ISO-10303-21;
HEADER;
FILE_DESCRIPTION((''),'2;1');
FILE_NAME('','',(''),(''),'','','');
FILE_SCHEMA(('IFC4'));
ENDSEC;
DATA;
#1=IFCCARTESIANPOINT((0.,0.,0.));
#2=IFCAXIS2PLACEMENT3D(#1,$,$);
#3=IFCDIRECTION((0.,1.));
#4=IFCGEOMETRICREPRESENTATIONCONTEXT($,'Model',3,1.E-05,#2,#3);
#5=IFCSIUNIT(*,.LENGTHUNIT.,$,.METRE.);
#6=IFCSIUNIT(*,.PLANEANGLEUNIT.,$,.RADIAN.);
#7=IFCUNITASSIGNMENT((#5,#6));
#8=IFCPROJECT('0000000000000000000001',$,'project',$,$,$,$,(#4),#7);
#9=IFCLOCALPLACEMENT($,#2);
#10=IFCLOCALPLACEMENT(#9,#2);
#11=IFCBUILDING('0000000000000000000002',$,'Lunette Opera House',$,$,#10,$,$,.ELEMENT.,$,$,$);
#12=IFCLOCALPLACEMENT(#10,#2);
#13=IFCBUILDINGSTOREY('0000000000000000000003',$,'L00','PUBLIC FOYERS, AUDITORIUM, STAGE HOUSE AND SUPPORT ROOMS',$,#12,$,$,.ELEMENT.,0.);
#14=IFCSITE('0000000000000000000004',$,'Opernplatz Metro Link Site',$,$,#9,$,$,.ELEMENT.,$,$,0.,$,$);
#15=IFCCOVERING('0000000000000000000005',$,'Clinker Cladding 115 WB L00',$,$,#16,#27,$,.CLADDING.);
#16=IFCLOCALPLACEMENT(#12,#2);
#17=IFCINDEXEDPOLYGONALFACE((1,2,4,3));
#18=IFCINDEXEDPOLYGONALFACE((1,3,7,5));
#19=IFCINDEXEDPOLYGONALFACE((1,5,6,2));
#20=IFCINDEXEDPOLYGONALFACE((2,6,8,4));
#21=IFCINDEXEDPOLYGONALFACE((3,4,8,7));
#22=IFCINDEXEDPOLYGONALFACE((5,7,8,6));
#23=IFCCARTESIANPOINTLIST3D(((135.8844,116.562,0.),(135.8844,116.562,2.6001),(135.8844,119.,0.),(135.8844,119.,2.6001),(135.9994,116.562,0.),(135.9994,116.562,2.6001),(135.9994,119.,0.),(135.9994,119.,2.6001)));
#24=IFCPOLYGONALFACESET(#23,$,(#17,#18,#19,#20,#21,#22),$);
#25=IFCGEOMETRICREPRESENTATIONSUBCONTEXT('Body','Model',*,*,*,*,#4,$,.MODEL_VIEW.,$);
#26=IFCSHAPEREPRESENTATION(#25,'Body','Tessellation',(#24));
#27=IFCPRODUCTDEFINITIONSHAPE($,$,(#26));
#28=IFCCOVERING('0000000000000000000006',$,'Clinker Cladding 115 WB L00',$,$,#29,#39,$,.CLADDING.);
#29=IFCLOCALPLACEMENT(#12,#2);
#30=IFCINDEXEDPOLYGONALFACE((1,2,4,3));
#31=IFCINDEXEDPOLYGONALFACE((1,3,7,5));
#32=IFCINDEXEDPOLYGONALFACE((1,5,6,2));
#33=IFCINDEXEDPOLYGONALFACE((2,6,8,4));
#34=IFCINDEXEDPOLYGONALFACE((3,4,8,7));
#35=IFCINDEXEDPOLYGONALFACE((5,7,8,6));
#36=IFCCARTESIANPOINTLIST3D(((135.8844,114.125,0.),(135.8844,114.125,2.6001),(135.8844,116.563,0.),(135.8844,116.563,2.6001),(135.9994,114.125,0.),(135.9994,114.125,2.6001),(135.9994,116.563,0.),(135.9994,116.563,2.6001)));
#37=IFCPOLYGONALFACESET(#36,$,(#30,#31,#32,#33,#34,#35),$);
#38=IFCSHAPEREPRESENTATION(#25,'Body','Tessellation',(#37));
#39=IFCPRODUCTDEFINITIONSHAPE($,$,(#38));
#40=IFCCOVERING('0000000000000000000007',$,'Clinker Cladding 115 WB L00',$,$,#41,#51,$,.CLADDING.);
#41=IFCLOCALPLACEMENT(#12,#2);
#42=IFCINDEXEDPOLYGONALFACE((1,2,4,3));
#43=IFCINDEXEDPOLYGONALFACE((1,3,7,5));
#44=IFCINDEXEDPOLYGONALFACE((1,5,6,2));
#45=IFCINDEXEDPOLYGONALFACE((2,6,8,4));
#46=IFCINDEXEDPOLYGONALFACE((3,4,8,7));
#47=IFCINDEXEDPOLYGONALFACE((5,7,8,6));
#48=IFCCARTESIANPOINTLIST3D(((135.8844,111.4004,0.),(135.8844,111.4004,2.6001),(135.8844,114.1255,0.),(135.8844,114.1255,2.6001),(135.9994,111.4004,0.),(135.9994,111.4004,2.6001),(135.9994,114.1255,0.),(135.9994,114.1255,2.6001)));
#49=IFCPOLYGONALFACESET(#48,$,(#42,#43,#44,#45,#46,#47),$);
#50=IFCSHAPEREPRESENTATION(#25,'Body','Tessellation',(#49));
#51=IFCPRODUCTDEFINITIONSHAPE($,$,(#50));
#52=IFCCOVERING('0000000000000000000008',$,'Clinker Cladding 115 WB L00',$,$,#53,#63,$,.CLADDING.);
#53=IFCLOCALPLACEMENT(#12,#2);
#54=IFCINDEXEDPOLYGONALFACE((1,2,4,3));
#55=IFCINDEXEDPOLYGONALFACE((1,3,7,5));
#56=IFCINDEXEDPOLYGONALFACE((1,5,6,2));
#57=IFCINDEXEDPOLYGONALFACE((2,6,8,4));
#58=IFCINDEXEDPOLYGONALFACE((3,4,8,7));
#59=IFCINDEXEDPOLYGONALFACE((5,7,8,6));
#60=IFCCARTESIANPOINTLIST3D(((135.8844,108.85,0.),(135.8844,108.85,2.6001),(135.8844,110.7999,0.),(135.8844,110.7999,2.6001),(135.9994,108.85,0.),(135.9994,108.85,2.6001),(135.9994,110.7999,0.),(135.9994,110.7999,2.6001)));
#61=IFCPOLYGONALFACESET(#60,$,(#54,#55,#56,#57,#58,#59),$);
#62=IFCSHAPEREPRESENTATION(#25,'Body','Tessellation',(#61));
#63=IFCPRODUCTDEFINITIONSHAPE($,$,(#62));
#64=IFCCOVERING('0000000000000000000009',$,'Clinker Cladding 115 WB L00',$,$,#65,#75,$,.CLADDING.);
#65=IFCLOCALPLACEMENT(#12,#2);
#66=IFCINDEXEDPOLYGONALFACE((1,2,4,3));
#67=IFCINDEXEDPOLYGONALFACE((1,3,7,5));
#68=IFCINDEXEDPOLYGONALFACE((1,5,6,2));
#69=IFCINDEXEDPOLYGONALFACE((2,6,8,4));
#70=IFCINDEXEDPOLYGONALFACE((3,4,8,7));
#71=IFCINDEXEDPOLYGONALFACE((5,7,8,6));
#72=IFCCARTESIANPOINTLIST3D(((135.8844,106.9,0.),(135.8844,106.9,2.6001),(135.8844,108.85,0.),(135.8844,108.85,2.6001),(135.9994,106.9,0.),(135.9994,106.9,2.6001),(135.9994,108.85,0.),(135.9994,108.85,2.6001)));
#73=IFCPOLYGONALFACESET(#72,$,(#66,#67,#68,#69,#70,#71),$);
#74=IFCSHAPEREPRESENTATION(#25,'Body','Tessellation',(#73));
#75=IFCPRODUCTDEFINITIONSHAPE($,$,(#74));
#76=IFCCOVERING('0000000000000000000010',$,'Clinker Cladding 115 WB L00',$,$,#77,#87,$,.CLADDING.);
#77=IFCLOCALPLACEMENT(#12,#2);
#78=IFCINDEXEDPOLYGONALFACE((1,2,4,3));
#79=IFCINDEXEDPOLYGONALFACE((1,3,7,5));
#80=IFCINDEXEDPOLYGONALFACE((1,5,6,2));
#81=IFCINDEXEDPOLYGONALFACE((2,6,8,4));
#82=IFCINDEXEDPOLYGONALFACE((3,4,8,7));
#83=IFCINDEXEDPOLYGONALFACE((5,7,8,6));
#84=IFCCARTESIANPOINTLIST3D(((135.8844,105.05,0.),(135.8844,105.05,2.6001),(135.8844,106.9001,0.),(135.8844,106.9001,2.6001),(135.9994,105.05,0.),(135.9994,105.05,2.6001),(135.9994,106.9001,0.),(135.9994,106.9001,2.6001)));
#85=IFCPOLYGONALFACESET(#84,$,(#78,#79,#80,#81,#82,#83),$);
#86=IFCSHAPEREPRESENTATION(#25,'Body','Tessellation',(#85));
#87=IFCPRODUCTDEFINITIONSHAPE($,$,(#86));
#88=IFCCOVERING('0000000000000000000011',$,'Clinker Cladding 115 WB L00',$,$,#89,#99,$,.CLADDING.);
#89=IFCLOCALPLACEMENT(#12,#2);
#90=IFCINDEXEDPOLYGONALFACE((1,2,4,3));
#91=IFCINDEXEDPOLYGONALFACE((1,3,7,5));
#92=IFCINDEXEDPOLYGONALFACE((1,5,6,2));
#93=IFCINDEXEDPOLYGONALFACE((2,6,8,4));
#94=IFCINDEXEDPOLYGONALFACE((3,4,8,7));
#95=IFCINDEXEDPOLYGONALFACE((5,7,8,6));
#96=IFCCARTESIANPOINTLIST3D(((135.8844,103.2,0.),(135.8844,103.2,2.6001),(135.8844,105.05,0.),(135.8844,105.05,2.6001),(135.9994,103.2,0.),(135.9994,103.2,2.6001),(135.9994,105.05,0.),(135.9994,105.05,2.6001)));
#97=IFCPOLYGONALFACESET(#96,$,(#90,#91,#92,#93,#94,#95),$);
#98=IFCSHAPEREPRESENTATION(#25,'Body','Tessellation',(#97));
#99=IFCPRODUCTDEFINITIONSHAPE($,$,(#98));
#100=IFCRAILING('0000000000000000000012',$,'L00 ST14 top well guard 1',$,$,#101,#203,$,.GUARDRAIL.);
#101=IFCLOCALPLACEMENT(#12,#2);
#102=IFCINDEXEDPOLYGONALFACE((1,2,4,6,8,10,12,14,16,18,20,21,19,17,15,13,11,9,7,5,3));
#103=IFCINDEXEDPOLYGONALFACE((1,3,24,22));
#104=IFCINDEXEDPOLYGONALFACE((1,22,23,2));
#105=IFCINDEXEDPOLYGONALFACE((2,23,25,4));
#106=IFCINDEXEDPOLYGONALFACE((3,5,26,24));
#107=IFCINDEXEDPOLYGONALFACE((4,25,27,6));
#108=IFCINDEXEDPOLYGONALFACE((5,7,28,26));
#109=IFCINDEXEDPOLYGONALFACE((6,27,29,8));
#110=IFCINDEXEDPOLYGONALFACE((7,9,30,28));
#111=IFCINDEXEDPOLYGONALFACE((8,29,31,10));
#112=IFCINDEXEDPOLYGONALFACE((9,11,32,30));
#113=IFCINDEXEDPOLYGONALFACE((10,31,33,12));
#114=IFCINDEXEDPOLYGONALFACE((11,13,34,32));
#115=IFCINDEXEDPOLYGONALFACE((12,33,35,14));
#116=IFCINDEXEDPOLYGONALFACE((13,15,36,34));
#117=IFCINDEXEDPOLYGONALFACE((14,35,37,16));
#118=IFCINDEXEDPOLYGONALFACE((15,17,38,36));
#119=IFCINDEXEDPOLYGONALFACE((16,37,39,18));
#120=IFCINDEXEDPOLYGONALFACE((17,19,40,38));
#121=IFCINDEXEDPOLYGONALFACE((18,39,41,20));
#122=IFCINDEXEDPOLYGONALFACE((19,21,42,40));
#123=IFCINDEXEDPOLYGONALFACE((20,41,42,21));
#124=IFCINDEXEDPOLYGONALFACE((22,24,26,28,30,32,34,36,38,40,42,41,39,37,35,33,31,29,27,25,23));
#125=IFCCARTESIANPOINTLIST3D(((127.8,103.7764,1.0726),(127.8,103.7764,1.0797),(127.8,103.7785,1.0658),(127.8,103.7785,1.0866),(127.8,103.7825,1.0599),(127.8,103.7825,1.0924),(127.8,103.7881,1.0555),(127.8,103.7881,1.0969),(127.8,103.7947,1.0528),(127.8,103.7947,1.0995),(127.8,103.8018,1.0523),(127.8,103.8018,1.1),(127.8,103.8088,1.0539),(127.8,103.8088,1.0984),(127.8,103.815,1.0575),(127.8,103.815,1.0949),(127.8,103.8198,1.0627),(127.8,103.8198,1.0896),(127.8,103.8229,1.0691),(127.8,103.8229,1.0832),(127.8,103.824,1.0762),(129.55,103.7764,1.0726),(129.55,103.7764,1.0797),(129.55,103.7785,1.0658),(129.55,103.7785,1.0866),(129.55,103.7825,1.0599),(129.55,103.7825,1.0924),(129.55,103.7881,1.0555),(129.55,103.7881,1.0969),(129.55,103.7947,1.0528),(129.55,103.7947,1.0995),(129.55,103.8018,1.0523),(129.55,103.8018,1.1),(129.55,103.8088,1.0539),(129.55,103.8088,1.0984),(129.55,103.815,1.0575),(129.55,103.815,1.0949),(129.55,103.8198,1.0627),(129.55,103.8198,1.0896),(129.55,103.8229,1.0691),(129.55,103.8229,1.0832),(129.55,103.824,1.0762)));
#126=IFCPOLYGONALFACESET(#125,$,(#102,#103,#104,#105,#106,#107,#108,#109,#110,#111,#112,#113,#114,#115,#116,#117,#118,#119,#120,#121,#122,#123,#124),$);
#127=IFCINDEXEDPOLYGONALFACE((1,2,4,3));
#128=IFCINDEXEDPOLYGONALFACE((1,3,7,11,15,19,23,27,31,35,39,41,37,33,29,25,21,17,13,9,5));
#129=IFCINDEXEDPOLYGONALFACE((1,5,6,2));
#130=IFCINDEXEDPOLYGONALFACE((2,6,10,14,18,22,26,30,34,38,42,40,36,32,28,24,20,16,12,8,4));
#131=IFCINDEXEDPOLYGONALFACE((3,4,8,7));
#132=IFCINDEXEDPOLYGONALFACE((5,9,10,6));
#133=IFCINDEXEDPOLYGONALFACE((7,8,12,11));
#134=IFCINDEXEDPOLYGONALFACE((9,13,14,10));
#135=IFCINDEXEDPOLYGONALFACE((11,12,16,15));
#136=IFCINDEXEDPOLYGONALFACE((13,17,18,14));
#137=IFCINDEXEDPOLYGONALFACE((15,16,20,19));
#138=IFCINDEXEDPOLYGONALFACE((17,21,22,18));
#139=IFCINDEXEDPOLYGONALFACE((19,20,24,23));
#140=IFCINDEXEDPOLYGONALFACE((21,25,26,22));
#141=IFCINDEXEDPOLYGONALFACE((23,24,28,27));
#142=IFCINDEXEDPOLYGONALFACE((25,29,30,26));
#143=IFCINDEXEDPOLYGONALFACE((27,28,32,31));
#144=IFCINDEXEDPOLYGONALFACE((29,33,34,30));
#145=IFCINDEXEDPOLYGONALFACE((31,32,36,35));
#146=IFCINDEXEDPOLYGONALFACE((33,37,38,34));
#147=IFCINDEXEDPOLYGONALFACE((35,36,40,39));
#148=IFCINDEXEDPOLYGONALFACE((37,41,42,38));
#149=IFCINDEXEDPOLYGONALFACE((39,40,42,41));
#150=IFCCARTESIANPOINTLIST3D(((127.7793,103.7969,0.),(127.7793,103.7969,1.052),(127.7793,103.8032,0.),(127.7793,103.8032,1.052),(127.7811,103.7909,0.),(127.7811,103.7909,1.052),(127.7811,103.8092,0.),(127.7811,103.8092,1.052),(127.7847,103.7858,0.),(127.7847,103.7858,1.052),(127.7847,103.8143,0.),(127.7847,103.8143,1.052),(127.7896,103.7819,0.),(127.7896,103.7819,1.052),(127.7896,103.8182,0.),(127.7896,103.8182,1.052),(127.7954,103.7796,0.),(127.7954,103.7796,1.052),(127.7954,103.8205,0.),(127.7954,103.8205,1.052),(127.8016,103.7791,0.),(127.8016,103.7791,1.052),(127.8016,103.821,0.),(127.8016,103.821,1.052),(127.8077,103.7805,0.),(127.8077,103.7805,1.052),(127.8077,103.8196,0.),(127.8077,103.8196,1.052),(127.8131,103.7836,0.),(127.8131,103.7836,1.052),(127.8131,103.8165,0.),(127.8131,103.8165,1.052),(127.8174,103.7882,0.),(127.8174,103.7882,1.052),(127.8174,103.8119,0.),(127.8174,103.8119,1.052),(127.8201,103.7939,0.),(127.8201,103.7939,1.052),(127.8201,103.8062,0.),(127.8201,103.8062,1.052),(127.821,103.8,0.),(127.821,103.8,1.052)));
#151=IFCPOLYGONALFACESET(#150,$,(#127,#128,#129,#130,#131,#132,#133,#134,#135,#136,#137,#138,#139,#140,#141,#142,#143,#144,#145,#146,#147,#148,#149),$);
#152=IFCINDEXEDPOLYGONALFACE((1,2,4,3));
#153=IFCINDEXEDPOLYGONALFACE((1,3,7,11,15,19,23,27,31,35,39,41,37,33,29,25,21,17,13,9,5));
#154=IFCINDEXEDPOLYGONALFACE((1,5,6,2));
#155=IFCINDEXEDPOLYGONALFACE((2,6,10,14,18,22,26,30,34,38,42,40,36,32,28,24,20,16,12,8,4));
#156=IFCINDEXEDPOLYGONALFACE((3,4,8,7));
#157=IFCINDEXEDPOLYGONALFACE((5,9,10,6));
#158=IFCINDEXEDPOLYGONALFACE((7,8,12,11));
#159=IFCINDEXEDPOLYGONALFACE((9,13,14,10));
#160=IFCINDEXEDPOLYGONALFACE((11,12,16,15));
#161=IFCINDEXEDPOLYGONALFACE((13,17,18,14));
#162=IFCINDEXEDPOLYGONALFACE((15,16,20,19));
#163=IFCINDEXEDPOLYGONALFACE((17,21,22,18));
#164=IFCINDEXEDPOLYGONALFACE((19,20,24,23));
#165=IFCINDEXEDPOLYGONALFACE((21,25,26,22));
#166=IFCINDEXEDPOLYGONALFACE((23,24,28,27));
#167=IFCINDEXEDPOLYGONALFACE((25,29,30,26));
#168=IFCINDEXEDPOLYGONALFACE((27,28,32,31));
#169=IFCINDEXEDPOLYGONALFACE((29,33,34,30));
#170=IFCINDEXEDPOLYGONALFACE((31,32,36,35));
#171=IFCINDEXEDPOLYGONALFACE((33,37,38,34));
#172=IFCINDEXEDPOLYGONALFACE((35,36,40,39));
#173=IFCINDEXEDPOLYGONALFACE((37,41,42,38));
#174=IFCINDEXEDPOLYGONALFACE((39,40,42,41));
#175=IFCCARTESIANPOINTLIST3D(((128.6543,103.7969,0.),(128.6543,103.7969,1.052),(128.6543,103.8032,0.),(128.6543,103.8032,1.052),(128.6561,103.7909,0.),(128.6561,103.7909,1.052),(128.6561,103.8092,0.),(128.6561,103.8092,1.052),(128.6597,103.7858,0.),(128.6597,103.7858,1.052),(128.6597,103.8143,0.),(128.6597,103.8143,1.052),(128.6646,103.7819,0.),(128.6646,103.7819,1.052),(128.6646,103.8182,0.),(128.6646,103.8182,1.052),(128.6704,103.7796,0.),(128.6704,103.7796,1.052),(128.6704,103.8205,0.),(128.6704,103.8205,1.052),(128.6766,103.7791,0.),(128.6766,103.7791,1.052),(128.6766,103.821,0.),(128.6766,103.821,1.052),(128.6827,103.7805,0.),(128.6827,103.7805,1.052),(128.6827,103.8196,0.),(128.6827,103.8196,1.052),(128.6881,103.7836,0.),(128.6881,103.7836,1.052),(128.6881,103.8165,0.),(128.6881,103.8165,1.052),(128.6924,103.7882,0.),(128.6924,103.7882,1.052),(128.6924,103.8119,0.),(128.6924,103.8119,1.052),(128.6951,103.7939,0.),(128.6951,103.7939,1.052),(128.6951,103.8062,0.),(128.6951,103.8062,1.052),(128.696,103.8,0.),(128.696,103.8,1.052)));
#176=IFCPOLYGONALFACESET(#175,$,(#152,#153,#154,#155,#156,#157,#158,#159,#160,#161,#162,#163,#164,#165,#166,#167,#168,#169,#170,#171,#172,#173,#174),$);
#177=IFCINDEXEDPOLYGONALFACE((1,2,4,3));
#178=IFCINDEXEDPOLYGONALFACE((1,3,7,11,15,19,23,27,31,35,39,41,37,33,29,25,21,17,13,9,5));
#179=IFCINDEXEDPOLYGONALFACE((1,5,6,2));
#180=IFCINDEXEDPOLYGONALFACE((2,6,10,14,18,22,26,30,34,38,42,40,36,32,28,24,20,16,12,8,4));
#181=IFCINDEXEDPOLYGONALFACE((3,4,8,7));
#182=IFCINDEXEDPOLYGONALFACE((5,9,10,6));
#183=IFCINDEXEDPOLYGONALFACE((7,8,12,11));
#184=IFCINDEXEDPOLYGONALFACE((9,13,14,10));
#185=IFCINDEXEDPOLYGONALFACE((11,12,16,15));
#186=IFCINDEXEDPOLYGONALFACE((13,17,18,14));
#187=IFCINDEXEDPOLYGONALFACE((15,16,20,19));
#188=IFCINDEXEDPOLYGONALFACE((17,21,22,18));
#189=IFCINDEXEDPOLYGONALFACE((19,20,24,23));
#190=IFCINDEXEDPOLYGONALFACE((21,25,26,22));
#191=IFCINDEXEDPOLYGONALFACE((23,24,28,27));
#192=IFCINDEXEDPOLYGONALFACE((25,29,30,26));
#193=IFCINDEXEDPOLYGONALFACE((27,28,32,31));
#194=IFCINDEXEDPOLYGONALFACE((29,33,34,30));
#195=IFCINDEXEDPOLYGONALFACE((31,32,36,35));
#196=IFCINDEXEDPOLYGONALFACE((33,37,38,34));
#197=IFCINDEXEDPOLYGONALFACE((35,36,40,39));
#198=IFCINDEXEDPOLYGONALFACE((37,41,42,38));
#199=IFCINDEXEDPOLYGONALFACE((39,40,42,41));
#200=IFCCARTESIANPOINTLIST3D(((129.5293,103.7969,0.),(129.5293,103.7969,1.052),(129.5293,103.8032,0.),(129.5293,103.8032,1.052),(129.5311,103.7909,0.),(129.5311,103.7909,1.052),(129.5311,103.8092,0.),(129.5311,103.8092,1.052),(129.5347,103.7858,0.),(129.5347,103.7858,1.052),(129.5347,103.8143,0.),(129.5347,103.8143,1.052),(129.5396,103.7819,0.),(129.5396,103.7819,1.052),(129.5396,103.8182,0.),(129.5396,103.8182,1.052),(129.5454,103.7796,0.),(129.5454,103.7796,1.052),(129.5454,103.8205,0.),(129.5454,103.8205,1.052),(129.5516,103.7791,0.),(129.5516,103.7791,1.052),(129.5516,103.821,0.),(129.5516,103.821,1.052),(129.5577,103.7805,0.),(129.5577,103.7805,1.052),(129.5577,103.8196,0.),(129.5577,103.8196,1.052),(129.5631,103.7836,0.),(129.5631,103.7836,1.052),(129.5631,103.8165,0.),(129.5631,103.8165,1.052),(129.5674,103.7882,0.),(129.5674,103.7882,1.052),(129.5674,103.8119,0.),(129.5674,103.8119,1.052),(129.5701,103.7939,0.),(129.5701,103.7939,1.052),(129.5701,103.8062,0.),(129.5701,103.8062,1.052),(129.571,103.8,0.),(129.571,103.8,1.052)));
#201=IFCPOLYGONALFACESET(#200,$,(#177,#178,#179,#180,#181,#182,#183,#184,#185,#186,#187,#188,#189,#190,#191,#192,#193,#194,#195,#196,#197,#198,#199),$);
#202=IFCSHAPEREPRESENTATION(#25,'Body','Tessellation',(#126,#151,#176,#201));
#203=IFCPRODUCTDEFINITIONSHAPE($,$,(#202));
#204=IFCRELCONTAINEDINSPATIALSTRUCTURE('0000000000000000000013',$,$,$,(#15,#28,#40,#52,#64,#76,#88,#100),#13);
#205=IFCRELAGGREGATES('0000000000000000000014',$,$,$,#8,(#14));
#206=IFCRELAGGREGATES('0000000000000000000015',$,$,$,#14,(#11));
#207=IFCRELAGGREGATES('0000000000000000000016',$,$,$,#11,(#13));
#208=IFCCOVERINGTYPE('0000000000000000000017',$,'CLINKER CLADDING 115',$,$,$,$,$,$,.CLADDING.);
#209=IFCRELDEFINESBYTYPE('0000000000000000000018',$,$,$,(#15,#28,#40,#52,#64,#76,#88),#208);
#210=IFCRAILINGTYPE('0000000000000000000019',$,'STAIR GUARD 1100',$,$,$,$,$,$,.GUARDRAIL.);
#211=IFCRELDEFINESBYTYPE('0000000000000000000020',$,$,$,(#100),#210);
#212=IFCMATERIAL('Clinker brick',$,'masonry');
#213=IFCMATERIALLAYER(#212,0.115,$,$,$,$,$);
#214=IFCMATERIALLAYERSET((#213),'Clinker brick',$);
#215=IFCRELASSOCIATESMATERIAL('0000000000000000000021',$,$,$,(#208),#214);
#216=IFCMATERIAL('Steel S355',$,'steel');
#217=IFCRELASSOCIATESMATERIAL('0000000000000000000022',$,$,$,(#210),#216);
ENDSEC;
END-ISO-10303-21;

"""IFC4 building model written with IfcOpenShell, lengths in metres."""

from ifc_helpers import new_model, si_unit, direction, frame, origin, origin_2d, place, context, subcontext, project, spatial, rectangle, circle, extrude, material, layer, layer_set, type_object, element, save


model = new_model("IFC4")

# Units and contexts
model_context = context("Model", 3, precision=1e-05, world=origin(), true_north=direction((0.0, 1.0)))
body_context = subcontext(model_context, "Body", "Model", "MODEL_VIEW")
ifc_project = project(units=[si_unit("LENGTHUNIT", "METRE"), si_unit("PLANEANGLEUNIT", "RADIAN")], contexts=[model_context])

# Site, building, storey
site_placement = place(None, origin())
site = spatial("IfcSite", under=ifc_project, at=site_placement, Name="Opernplatz Metro Link Site", CompositionType="ELEMENT", RefElevation=0.0)
building_placement = place(site_placement, origin())
building = spatial("IfcBuilding", under=site, at=building_placement, Name="Lunette Opera House", CompositionType="ELEMENT")
storey_placement = place(building_placement, origin())
storey = spatial("IfcBuildingStorey", under=building, at=storey_placement, Name="L00", Description="PUBLIC FOYERS, AUDITORIUM, STAGE HOUSE AND SUPPORT ROOMS", CompositionType="ELEMENT", Elevation=0.0)

# Coverings
ifc_material_1 = material(Name="Clinker brick", Category="masonry")
ifc_layer_1 = layer(ifc_material_1, 0.115)
ifc_layer_set_1 = layer_set([ifc_layer_1], Name="Clinker brick")
covering_type_1 = type_object("IfcCoveringType", Name="CLINKER CLADDING 115", PredefinedType="CLADDING", material=ifc_layer_set_1)
for number, where, z_axis, x_axis, name in (
    (1, (135.9419, 117.781, 0.0), (0.0, 0.0, 1.0), (0.0, -1.0, 0.0), "Clinker Cladding 115 WB L00"),
    (2, (135.9419, 115.344, 0.0), (0.0, 0.0, 1.0), (0.0, -1.0, 0.0), "Clinker Cladding 115 WB L00"),
):
    element("IfcCovering", number, at=place(storey_placement, frame(where, z_axis=z_axis, x_axis=x_axis)), inside=storey, type_object=covering_type_1, Name=name, PredefinedType="CLADDING", context=body_context, shape_type="SweptSolid", body=[
        extrude(rectangle(XDim=2.438, YDim=0.115, at=origin_2d()), origin(), (0.0, 0.0, 1.0), 2.6001),
    ])
covering_1_placement = place(storey_placement, frame((135.9419, 112.7629, 0.0), z_axis=(0.0, 0.0, 1.0), x_axis=(0.0, -1.0, 0.0)))
element("IfcCovering", 3, at=covering_1_placement, inside=storey, type_object=covering_type_1, Name="Clinker Cladding 115 WB L00", PredefinedType="CLADDING", context=body_context, shape_type="SweptSolid", body=[
    extrude(rectangle(XDim=2.7251, YDim=0.115, at=origin_2d()), origin(), (0.0, 0.0, 1.0), 2.6001),
])
for number, where, z_axis, x_axis, name in (
    (4, (135.9419, 109.825, 0.0), (0.0, 0.0, 1.0), (0.0, -1.0, 0.0), "Clinker Cladding 115 WB L00"),
    (5, (135.9419, 107.875, 0.0), (0.0, 0.0, 1.0), (0.0, -1.0, 0.0), "Clinker Cladding 115 WB L00"),
):
    element("IfcCovering", number, at=place(storey_placement, frame(where, z_axis=z_axis, x_axis=x_axis)), inside=storey, type_object=covering_type_1, Name=name, PredefinedType="CLADDING", context=body_context, shape_type="SweptSolid", body=[
        extrude(rectangle(XDim=1.95, YDim=0.115, at=origin_2d()), origin(), (0.0, 0.0, 1.0), 2.6001),
    ])
for number, where, z_axis, x_axis, name in (
    (6, (135.9419, 105.9751, 0.0), (0.0, 0.0, 1.0), (0.0, -1.0, 0.0), "Clinker Cladding 115 WB L00"),
    (7, (135.9419, 104.125, 0.0), (0.0, 0.0, 1.0), (0.0, -1.0, 0.0), "Clinker Cladding 115 WB L00"),
):
    element("IfcCovering", number, at=place(storey_placement, frame(where, z_axis=z_axis, x_axis=x_axis)), inside=storey, type_object=covering_type_1, Name=name, PredefinedType="CLADDING", context=body_context, shape_type="SweptSolid", body=[
        extrude(rectangle(XDim=1.8501, YDim=0.115, at=origin_2d()), origin(), (0.0, 0.0, 1.0), 2.6001),
    ])

# Railing
ifc_material_2 = material(Name="Steel S355", Category="steel")
railing_type = type_object("IfcRailingType", Name="STAIR GUARD 1100", PredefinedType="GUARDRAIL", material=ifc_material_2)
railing_placement = place(storey_placement, frame((127.8, 103.8, 0.0)))
element("IfcRailing", 8, at=railing_placement, inside=storey, type_object=railing_type, Name="L00 ST14 top well guard 1", PredefinedType="GUARDRAIL", context=body_context, shape_type="SweptSolid", body=[
    extrude(circle(Radius=0.0239, at=origin_2d()), frame((0.0, 0.0, 1.0762), z_axis=(1.0, 0.0, 0.0), x_axis=(0.0, 1.0, 0.0)), (0.0, 0.0, 1.0), 1.75),
    extrude(circle(Radius=0.021, at=origin_2d()), origin(), (0.0, 0.0, 1.0), 1.052),
    extrude(circle(Radius=0.021, at=origin_2d()), frame((0.875, 0.0, 0.0)), (0.0, 0.0, 1.0), 1.052),
    extrude(circle(Radius=0.021, at=origin_2d()), frame((1.75, 0.0, 0.0)), (0.0, 0.0, 1.0), 1.052),
])

save(model, "model.ifc")
